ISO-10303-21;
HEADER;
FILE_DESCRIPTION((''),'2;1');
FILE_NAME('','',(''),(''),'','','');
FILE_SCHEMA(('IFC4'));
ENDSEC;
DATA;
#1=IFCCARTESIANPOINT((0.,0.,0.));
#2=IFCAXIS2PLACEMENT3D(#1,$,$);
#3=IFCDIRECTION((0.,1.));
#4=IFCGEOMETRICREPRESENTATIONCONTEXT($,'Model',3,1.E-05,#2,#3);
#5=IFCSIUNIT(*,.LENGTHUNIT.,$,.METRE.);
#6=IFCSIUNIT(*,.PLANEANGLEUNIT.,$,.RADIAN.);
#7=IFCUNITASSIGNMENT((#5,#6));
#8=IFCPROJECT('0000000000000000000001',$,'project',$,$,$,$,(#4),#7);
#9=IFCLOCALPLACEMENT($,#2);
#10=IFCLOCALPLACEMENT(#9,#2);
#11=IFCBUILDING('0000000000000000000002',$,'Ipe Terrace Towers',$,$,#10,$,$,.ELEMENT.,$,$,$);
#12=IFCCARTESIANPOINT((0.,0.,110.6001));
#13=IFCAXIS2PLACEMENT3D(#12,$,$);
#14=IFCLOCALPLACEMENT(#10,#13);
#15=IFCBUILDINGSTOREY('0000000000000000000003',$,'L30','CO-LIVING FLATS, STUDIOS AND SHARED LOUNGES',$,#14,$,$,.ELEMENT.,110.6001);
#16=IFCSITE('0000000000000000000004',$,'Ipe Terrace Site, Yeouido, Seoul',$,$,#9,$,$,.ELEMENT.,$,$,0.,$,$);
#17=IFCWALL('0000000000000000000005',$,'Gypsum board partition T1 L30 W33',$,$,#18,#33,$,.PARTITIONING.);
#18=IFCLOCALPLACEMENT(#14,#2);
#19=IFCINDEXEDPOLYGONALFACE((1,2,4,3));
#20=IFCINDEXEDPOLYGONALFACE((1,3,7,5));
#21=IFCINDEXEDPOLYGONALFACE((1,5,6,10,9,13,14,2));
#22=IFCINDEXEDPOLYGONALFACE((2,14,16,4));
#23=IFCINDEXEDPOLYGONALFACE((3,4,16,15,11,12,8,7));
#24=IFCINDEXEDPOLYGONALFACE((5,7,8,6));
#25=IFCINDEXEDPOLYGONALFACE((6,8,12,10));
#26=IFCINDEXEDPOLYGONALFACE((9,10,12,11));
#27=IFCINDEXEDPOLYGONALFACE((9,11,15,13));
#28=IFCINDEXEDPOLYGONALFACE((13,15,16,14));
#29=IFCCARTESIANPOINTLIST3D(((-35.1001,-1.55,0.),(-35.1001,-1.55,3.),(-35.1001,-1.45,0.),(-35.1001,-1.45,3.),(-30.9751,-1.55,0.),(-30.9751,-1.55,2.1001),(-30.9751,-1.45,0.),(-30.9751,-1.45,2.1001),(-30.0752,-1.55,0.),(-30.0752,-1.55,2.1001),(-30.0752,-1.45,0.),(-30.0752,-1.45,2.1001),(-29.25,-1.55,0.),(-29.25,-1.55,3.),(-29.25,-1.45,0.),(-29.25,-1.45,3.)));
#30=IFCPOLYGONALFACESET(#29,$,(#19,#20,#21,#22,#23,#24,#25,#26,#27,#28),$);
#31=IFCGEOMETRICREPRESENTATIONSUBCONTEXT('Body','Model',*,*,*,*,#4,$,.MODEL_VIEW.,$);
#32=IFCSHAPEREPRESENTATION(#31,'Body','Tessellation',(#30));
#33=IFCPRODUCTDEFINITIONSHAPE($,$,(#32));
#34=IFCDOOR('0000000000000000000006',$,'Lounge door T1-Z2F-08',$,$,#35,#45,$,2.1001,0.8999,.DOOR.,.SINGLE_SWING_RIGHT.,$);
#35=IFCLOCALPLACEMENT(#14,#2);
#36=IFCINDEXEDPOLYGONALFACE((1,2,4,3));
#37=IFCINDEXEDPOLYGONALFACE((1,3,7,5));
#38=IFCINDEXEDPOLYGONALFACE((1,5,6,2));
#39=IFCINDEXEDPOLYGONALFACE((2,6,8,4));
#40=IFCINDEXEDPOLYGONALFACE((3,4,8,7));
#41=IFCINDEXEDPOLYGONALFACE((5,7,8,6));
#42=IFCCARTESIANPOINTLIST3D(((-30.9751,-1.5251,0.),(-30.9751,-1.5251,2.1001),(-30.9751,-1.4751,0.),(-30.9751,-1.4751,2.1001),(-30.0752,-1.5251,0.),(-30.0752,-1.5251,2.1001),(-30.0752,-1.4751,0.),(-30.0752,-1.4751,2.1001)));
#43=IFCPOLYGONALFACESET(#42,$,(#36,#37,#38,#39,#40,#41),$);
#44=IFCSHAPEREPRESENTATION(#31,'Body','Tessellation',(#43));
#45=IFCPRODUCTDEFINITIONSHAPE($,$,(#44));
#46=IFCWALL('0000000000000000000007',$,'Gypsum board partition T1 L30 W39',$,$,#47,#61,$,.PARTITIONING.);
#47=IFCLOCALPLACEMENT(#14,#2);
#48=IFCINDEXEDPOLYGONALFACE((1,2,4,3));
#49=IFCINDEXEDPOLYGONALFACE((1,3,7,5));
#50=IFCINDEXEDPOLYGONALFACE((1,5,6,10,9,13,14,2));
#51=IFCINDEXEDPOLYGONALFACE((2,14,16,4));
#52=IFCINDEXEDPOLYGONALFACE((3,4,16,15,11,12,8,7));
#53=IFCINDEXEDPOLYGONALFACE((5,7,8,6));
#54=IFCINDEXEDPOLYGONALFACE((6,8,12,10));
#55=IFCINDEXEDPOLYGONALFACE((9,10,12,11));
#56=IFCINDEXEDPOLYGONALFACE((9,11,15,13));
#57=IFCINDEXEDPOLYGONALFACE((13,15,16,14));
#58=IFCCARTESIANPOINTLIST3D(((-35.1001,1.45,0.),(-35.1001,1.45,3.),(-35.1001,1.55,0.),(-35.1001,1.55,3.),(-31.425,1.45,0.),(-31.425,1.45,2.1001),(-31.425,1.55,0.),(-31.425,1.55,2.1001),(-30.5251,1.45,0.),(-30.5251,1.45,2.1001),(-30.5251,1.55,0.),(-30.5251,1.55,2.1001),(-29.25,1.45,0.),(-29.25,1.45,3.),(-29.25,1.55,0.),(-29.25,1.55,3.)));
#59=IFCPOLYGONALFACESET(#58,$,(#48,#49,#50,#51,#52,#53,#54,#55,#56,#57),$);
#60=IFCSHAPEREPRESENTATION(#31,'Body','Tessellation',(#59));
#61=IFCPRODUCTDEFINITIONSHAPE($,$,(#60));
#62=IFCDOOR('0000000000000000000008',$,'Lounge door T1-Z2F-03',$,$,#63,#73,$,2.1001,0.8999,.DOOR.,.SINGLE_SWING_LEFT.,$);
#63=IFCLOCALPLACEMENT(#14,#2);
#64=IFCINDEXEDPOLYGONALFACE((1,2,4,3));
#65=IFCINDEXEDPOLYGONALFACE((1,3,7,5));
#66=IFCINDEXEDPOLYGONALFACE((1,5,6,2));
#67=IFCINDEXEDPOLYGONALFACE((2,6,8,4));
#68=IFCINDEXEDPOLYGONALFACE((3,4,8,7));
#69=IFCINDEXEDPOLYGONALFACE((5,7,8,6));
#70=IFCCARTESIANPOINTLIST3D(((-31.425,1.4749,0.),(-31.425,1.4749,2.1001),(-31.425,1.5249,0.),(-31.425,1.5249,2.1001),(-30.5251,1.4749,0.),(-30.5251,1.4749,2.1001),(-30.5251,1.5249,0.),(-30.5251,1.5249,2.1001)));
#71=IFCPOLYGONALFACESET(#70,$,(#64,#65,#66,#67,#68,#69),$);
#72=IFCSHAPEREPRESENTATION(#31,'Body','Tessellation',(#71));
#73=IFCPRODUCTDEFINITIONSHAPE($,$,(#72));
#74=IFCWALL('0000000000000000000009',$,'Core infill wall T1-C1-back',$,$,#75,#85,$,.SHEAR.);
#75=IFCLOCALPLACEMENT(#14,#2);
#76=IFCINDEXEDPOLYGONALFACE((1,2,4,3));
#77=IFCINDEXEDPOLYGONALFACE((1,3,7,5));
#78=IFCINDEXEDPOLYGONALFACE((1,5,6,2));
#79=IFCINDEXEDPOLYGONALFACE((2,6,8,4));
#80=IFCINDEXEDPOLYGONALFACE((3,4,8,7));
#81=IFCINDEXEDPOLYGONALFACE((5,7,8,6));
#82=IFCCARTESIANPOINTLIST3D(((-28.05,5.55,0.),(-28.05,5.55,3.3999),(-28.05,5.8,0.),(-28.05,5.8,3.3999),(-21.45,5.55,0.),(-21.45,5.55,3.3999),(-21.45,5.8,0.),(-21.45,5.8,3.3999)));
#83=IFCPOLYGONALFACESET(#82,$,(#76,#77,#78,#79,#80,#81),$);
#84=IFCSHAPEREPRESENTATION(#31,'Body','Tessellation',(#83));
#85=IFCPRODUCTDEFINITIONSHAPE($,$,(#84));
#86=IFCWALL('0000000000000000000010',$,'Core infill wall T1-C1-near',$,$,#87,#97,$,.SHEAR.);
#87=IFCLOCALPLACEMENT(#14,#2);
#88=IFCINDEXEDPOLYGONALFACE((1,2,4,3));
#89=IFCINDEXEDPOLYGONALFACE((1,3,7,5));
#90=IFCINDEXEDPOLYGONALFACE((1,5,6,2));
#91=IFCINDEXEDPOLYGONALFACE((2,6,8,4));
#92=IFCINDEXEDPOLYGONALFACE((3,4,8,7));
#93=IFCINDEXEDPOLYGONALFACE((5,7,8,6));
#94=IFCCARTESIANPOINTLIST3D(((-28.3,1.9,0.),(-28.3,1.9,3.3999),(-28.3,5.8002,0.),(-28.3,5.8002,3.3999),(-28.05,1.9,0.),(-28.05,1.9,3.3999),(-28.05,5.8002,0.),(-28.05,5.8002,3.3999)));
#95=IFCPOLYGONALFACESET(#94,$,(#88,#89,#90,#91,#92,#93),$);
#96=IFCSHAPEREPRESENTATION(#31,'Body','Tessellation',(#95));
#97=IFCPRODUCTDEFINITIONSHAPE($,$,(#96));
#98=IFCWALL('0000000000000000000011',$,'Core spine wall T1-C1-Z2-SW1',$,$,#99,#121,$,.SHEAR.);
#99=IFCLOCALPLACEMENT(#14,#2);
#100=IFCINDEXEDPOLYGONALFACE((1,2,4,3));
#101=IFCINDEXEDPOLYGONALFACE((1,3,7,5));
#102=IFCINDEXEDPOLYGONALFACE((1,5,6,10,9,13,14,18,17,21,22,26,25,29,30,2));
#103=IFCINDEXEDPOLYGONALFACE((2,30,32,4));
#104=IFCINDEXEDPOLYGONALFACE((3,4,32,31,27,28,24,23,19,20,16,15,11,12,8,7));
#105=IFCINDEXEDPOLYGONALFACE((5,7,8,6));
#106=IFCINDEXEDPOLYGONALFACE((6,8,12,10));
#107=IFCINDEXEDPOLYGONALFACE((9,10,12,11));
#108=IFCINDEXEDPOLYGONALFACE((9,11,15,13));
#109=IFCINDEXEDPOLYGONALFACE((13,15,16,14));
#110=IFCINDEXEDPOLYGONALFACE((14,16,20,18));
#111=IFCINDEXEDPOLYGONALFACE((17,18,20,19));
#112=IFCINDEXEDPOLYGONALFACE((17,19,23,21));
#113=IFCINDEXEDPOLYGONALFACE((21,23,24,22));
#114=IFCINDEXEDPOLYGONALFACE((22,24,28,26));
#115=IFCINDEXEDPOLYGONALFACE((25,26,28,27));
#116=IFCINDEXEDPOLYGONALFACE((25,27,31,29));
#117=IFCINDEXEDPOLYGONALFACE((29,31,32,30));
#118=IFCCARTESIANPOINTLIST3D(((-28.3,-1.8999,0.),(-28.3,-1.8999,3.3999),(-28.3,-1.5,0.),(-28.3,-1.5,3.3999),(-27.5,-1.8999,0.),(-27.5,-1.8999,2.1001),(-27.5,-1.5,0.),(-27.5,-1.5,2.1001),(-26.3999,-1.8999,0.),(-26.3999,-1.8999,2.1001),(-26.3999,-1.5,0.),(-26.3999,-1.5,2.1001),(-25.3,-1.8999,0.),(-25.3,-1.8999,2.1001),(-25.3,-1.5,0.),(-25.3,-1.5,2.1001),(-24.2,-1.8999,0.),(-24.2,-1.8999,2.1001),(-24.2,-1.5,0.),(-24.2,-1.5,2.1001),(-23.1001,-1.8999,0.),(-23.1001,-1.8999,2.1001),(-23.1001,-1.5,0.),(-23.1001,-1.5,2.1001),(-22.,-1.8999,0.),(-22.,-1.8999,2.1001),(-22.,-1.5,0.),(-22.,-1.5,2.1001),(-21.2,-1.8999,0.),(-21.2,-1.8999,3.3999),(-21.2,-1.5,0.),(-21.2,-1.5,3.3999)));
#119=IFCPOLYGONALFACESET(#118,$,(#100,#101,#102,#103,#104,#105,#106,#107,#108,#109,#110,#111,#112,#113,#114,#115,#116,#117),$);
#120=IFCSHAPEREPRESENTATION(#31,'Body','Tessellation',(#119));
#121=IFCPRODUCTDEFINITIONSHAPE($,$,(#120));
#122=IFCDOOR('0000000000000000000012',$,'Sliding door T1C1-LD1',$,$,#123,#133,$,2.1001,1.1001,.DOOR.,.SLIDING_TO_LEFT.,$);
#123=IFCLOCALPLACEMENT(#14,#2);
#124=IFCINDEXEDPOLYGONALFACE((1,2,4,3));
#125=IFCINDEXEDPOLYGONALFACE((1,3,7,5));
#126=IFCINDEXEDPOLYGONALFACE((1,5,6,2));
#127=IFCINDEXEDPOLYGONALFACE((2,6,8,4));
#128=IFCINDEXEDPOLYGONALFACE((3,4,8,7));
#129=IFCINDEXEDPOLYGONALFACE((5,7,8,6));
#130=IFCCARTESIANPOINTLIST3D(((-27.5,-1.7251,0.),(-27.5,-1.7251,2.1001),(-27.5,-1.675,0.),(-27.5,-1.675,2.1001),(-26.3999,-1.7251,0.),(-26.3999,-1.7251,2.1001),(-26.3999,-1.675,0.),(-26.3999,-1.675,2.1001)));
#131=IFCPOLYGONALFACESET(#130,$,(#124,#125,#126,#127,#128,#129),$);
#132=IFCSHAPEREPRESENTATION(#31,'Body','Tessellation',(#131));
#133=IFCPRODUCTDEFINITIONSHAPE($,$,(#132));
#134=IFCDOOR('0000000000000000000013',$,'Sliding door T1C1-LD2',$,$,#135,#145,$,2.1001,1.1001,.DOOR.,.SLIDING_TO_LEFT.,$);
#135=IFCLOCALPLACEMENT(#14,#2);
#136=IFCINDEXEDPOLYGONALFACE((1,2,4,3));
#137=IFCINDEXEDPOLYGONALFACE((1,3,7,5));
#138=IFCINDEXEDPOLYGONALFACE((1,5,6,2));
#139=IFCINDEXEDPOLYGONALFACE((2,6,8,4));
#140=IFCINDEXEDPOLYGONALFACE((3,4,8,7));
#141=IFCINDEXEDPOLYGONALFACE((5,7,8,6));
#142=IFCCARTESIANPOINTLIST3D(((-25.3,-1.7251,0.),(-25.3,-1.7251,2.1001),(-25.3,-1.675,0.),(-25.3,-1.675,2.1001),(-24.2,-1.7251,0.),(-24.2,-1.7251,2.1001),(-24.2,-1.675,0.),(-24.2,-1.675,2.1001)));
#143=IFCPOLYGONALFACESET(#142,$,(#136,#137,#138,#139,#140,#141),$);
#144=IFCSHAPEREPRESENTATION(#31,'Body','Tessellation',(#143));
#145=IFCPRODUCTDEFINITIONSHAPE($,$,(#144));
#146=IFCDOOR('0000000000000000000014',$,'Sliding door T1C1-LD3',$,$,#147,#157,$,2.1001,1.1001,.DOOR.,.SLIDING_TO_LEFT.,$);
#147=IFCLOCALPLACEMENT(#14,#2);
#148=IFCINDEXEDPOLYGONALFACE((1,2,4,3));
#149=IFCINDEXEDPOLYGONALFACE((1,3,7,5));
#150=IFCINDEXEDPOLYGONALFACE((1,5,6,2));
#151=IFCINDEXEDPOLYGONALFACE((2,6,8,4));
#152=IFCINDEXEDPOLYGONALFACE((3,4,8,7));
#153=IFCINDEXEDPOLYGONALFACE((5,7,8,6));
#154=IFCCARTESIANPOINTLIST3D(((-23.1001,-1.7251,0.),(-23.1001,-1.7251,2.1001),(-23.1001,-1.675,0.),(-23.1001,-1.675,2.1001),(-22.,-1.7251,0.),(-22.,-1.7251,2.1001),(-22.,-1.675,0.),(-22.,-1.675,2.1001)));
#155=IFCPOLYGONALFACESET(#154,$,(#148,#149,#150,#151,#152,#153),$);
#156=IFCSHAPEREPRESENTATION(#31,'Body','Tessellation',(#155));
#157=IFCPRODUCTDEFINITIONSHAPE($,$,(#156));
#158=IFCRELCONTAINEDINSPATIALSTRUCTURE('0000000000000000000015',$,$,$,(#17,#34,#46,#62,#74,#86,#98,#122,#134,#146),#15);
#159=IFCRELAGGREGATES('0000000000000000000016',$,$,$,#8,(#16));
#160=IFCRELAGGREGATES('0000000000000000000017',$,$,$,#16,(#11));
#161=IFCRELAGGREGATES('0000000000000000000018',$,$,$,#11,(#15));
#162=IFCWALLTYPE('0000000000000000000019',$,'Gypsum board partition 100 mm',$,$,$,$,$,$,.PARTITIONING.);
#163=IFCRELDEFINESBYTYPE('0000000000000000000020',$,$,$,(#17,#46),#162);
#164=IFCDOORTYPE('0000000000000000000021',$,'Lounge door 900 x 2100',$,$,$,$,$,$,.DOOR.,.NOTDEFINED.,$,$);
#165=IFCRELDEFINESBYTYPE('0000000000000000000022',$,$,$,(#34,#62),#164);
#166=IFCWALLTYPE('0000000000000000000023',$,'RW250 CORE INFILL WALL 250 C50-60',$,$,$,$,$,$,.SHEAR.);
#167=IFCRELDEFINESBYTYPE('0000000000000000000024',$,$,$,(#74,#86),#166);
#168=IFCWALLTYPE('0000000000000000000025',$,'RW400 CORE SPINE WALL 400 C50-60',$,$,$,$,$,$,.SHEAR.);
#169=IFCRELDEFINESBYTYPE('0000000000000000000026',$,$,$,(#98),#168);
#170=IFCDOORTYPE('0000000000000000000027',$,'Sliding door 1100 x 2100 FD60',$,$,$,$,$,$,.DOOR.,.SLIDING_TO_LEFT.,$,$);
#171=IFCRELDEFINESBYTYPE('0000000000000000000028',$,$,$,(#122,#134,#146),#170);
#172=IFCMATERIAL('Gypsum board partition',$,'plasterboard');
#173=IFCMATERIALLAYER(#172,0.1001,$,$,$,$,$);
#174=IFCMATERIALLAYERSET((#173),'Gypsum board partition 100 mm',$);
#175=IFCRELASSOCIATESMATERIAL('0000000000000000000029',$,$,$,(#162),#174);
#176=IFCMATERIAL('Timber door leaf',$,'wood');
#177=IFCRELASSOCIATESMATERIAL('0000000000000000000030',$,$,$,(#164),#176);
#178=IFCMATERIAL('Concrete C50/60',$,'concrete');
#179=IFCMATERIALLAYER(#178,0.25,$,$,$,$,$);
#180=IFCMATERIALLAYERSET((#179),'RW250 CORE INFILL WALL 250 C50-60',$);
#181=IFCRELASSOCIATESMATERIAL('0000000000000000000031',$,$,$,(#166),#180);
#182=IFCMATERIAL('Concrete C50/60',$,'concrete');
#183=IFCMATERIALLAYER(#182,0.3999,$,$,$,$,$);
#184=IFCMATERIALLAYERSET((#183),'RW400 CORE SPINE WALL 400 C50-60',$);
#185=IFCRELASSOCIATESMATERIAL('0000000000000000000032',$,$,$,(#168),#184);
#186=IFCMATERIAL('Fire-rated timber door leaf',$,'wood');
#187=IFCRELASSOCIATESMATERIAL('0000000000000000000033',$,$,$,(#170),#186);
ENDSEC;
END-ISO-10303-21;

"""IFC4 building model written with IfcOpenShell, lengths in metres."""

from ifc_helpers import new_model, si_unit, direction, frame, frame_2d, origin, place, context, subcontext, project, spatial, rectangle, extrude, material, layer, layer_set, type_object, element, fill, save


model = new_model("IFC4")

# Units and contexts
model_context = context("Model", 3, precision=1e-05, world=origin(), true_north=direction((0.0, 1.0)))
body_context = subcontext(model_context, "Body", "Model", "MODEL_VIEW")
ifc_project = project(units=[si_unit("LENGTHUNIT", "METRE"), si_unit("PLANEANGLEUNIT", "RADIAN")], contexts=[model_context])

# Site, building, storey
site_placement = place(None, origin())
site = spatial("IfcSite", under=ifc_project, at=site_placement, Name="Ipe Terrace Site, Yeouido, Seoul", CompositionType="ELEMENT", RefElevation=0.0)
building_placement = place(site_placement, origin())
building = spatial("IfcBuilding", under=site, at=building_placement, Name="Ipe Terrace Towers", CompositionType="ELEMENT")
storey_placement = place(building_placement, frame((0.0, 0.0, 110.6001)))
storey = spatial("IfcBuildingStorey", under=building, at=storey_placement, Name="L30", Description="CO-LIVING FLATS, STUDIOS AND SHARED LOUNGES", CompositionType="ELEMENT", Elevation=110.6001)

# Shared definitions
ifc_material_1 = material(Name="Gypsum board partition", Category="plasterboard")
ifc_layer_1 = layer(ifc_material_1, 0.1001)
ifc_layer_set_1 = layer_set([ifc_layer_1], Name="Gypsum board partition 100 mm")
wall_type_1 = type_object("IfcWallType", Name="Gypsum board partition 100 mm", PredefinedType="PARTITIONING", material=ifc_layer_set_1)
ifc_material_2 = material(Name="Timber door leaf", Category="wood")
door_type_1 = type_object("IfcDoorType", Name="Lounge door 900 x 2100", OperationType="NOTDEFINED", PredefinedType="DOOR", material=ifc_material_2)

# Walls, openings, doors
wall_1_placement = place(storey_placement, frame((-35.1001, -1.5, 0.0), z_axis=(0.0, 0.0, 1.0), x_axis=(1.0, 0.0, 0.0)))
wall_1 = element("IfcWall", 1, at=wall_1_placement, inside=storey, type_object=wall_type_1, Name="Gypsum board partition T1 L30 W33", PredefinedType="PARTITIONING", context=body_context, shape_type="SweptSolid", body=[
    extrude(rectangle(XDim=5.8501, YDim=0.1001, at=frame_2d((2.925, 0.0))), origin(), (0.0, 0.0, 1.0), 3.0),
])
opening_1_placement = place(wall_1_placement, frame((4.125, 0.0, 0.0)))
opening_1 = element("IfcOpeningElement", 2, at=opening_1_placement, cuts=wall_1, PredefinedType="OPENING", context=body_context, shape_type="SweptSolid", body=[
    extrude(rectangle(XDim=0.8999, YDim=2.1001, at=frame_2d((0.45, 1.05))), frame((0.0, 0.0601, 0.0), z_axis=(0.0, -1.0, 0.0), x_axis=(1.0, 0.0, 0.0)), (0.0, 0.0, 1.0), 0.1201),
])
door_1_placement = place(opening_1_placement, origin())
door_1 = element("IfcDoor", 3, at=door_1_placement, inside=storey, type_object=door_type_1, Name="Lounge door T1-Z2F-08", OperationType="SINGLE_SWING_RIGHT", OverallHeight=2.1001, OverallWidth=0.8999, PredefinedType="DOOR", context=body_context, shape_type="SweptSolid", body=[
    extrude(rectangle(XDim=0.8999, YDim=2.1001, at=frame_2d((0.45, 1.05))), frame((0.0, 0.0249, 0.0), z_axis=(0.0, -1.0, 0.0), x_axis=(1.0, 0.0, 0.0)), (0.0, 0.0, 1.0), 0.05),
])
fill(opening_1, door_1)
wall_2_placement = place(storey_placement, frame((-35.1001, 1.5, 0.0), z_axis=(0.0, 0.0, 1.0), x_axis=(1.0, 0.0, 0.0)))
wall_2 = element("IfcWall", 4, at=wall_2_placement, inside=storey, type_object=wall_type_1, Name="Gypsum board partition T1 L30 W39", PredefinedType="PARTITIONING", context=body_context, shape_type="SweptSolid", body=[
    extrude(rectangle(XDim=5.8501, YDim=0.1001, at=frame_2d((2.925, 0.0))), origin(), (0.0, 0.0, 1.0), 3.0),
])
opening_2_placement = place(wall_2_placement, frame((3.675, 0.0, 0.0)))
opening_2 = element("IfcOpeningElement", 5, at=opening_2_placement, cuts=wall_2, PredefinedType="OPENING", context=body_context, shape_type="SweptSolid", body=[
    extrude(rectangle(XDim=0.8999, YDim=2.1001, at=frame_2d((0.45, 1.05))), frame((0.0, 0.0601, 0.0), z_axis=(0.0, -1.0, 0.0), x_axis=(1.0, 0.0, 0.0)), (0.0, 0.0, 1.0), 0.1201),
])
door_2_placement = place(opening_2_placement, origin())
door_2 = element("IfcDoor", 6, at=door_2_placement, inside=storey, type_object=door_type_1, Name="Lounge door T1-Z2F-03", OperationType="SINGLE_SWING_LEFT", OverallHeight=2.1001, OverallWidth=0.8999, PredefinedType="DOOR", context=body_context, shape_type="SweptSolid", body=[
    extrude(rectangle(XDim=0.8999, YDim=2.1001, at=frame_2d((0.45, 1.05))), frame((0.0, 0.0249, 0.0), z_axis=(0.0, -1.0, 0.0), x_axis=(1.0, 0.0, 0.0)), (0.0, 0.0, 1.0), 0.05),
])
fill(opening_2, door_2)

# Walls
ifc_material_3 = material(Name="Concrete C50/60", Category="concrete")
ifc_layer_2 = layer(ifc_material_3, 0.25)
ifc_layer_set_2 = layer_set([ifc_layer_2], Name="RW250 CORE INFILL WALL 250 C50-60")
wall_type_2 = type_object("IfcWallType", Name="RW250 CORE INFILL WALL 250 C50-60", PredefinedType="SHEAR", material=ifc_layer_set_2)
wall_3_placement = place(storey_placement, frame((-28.05, 5.675, 0.0), z_axis=(0.0, 0.0, 1.0), x_axis=(1.0, 0.0, 0.0)))
element("IfcWall", 7, at=wall_3_placement, inside=storey, type_object=wall_type_2, Name="Core infill wall T1-C1-back", PredefinedType="SHEAR", context=body_context, shape_type="SweptSolid", body=[
    extrude(rectangle(XDim=6.6001, YDim=0.25, at=frame_2d((3.3, 0.0))), origin(), (0.0, 0.0, 1.0), 3.3999),
])
wall_4_placement = place(storey_placement, frame((-28.175, 1.8999, 0.0), z_axis=(0.0, 0.0, 1.0), x_axis=(0.0, 1.0, 0.0)))
element("IfcWall", 8, at=wall_4_placement, inside=storey, type_object=wall_type_2, Name="Core infill wall T1-C1-near", PredefinedType="SHEAR", context=body_context, shape_type="SweptSolid", body=[
    extrude(rectangle(XDim=3.9001, YDim=0.25, at=frame_2d((1.9502, 0.0))), origin(), (0.0, 0.0, 1.0), 3.3999),
])

# Wall, openings, doors
ifc_material_4 = material(Name="Concrete C50/60", Category="concrete")
ifc_layer_3 = layer(ifc_material_4, 0.3999)
ifc_layer_set_3 = layer_set([ifc_layer_3], Name="RW400 CORE SPINE WALL 400 C50-60")
wall_type_3 = type_object("IfcWallType", Name="RW400 CORE SPINE WALL 400 C50-60", PredefinedType="SHEAR", material=ifc_layer_set_3)
wall_5_placement = place(storey_placement, frame((-28.3, -1.7, 0.0), z_axis=(0.0, 0.0, 1.0), x_axis=(1.0, 0.0, 0.0)))
wall_5 = element("IfcWall", 9, at=wall_5_placement, inside=storey, type_object=wall_type_3, Name="Core spine wall T1-C1-Z2-SW1", PredefinedType="SHEAR", context=body_context, shape_type="SweptSolid", body=[
    extrude(rectangle(XDim=7.1001, YDim=0.3999, at=frame_2d((3.55, 0.0))), origin(), (0.0, 0.0, 1.0), 3.3999),
])
opening_3_placement = place(wall_5_placement, frame((0.8, 0.0, 0.0)))
opening_3 = element("IfcOpeningElement", 10, at=opening_3_placement, cuts=wall_5, PredefinedType="OPENING", context=body_context, shape_type="SweptSolid", body=[
    extrude(rectangle(XDim=1.1001, YDim=2.1001, at=frame_2d((0.55, 1.05))), frame((0.0, 0.21, 0.0), z_axis=(0.0, -1.0, 0.0), x_axis=(1.0, 0.0, 0.0)), (0.0, 0.0, 1.0), 0.4199),
])
opening_4_placement = place(wall_5_placement, frame((3.0, 0.0, 0.0)))
opening_4 = element("IfcOpeningElement", 11, at=opening_4_placement, cuts=wall_5, PredefinedType="OPENING", context=body_context, shape_type="SweptSolid", body=[
    extrude(rectangle(XDim=1.1001, YDim=2.1001, at=frame_2d((0.55, 1.05))), frame((0.0, 0.21, 0.0), z_axis=(0.0, -1.0, 0.0), x_axis=(1.0, 0.0, 0.0)), (0.0, 0.0, 1.0), 0.4199),
])
opening_5_placement = place(wall_5_placement, frame((5.2, 0.0, 0.0)))
opening_5 = element("IfcOpeningElement", 12, at=opening_5_placement, cuts=wall_5, PredefinedType="OPENING", context=body_context, shape_type="SweptSolid", body=[
    extrude(rectangle(XDim=1.1001, YDim=2.1001, at=frame_2d((0.55, 1.05))), frame((0.0, 0.21, 0.0), z_axis=(0.0, -1.0, 0.0), x_axis=(1.0, 0.0, 0.0)), (0.0, 0.0, 1.0), 0.4199),
])
ifc_material_5 = material(Name="Fire-rated timber door leaf", Category="wood")
door_type_2 = type_object("IfcDoorType", Name="Sliding door 1100 x 2100 FD60", OperationType="SLIDING_TO_LEFT", PredefinedType="DOOR", material=ifc_material_5)
door_3_placement = place(opening_3_placement, origin())
door_3 = element("IfcDoor", 13, at=door_3_placement, inside=storey, type_object=door_type_2, Name="Sliding door T1C1-LD1", OperationType="SLIDING_TO_LEFT", OverallHeight=2.1001, OverallWidth=1.1001, PredefinedType="DOOR", context=body_context, shape_type="SweptSolid", body=[
    extrude(rectangle(XDim=1.1001, YDim=2.1001, at=frame_2d((0.55, 1.05))), frame((0.0, 0.0249, 0.0), z_axis=(0.0, -1.0, 0.0), x_axis=(1.0, 0.0, 0.0)), (0.0, 0.0, 1.0), 0.05),
])
fill(opening_3, door_3)
door_4_placement = place(opening_4_placement, origin())
door_4 = element("IfcDoor", 14, at=door_4_placement, inside=storey, type_object=door_type_2, Name="Sliding door T1C1-LD2", OperationType="SLIDING_TO_LEFT", OverallHeight=2.1001, OverallWidth=1.1001, PredefinedType="DOOR", context=body_context, shape_type="SweptSolid", body=[
    extrude(rectangle(XDim=1.1001, YDim=2.1001, at=frame_2d((0.55, 1.05))), frame((0.0, 0.0249, 0.0), z_axis=(0.0, -1.0, 0.0), x_axis=(1.0, 0.0, 0.0)), (0.0, 0.0, 1.0), 0.05),
])
fill(opening_4, door_4)
door_5_placement = place(opening_5_placement, origin())
door_5 = element("IfcDoor", 15, at=door_5_placement, inside=storey, type_object=door_type_2, Name="Sliding door T1C1-LD3", OperationType="SLIDING_TO_LEFT", OverallHeight=2.1001, OverallWidth=1.1001, PredefinedType="DOOR", context=body_context, shape_type="SweptSolid", body=[
    extrude(rectangle(XDim=1.1001, YDim=2.1001, at=frame_2d((0.55, 1.05))), frame((0.0, 0.0249, 0.0), z_axis=(0.0, -1.0, 0.0), x_axis=(1.0, 0.0, 0.0)), (0.0, 0.0, 1.0), 0.05),
])
fill(opening_5, door_5)

save(model, "model.ifc")
